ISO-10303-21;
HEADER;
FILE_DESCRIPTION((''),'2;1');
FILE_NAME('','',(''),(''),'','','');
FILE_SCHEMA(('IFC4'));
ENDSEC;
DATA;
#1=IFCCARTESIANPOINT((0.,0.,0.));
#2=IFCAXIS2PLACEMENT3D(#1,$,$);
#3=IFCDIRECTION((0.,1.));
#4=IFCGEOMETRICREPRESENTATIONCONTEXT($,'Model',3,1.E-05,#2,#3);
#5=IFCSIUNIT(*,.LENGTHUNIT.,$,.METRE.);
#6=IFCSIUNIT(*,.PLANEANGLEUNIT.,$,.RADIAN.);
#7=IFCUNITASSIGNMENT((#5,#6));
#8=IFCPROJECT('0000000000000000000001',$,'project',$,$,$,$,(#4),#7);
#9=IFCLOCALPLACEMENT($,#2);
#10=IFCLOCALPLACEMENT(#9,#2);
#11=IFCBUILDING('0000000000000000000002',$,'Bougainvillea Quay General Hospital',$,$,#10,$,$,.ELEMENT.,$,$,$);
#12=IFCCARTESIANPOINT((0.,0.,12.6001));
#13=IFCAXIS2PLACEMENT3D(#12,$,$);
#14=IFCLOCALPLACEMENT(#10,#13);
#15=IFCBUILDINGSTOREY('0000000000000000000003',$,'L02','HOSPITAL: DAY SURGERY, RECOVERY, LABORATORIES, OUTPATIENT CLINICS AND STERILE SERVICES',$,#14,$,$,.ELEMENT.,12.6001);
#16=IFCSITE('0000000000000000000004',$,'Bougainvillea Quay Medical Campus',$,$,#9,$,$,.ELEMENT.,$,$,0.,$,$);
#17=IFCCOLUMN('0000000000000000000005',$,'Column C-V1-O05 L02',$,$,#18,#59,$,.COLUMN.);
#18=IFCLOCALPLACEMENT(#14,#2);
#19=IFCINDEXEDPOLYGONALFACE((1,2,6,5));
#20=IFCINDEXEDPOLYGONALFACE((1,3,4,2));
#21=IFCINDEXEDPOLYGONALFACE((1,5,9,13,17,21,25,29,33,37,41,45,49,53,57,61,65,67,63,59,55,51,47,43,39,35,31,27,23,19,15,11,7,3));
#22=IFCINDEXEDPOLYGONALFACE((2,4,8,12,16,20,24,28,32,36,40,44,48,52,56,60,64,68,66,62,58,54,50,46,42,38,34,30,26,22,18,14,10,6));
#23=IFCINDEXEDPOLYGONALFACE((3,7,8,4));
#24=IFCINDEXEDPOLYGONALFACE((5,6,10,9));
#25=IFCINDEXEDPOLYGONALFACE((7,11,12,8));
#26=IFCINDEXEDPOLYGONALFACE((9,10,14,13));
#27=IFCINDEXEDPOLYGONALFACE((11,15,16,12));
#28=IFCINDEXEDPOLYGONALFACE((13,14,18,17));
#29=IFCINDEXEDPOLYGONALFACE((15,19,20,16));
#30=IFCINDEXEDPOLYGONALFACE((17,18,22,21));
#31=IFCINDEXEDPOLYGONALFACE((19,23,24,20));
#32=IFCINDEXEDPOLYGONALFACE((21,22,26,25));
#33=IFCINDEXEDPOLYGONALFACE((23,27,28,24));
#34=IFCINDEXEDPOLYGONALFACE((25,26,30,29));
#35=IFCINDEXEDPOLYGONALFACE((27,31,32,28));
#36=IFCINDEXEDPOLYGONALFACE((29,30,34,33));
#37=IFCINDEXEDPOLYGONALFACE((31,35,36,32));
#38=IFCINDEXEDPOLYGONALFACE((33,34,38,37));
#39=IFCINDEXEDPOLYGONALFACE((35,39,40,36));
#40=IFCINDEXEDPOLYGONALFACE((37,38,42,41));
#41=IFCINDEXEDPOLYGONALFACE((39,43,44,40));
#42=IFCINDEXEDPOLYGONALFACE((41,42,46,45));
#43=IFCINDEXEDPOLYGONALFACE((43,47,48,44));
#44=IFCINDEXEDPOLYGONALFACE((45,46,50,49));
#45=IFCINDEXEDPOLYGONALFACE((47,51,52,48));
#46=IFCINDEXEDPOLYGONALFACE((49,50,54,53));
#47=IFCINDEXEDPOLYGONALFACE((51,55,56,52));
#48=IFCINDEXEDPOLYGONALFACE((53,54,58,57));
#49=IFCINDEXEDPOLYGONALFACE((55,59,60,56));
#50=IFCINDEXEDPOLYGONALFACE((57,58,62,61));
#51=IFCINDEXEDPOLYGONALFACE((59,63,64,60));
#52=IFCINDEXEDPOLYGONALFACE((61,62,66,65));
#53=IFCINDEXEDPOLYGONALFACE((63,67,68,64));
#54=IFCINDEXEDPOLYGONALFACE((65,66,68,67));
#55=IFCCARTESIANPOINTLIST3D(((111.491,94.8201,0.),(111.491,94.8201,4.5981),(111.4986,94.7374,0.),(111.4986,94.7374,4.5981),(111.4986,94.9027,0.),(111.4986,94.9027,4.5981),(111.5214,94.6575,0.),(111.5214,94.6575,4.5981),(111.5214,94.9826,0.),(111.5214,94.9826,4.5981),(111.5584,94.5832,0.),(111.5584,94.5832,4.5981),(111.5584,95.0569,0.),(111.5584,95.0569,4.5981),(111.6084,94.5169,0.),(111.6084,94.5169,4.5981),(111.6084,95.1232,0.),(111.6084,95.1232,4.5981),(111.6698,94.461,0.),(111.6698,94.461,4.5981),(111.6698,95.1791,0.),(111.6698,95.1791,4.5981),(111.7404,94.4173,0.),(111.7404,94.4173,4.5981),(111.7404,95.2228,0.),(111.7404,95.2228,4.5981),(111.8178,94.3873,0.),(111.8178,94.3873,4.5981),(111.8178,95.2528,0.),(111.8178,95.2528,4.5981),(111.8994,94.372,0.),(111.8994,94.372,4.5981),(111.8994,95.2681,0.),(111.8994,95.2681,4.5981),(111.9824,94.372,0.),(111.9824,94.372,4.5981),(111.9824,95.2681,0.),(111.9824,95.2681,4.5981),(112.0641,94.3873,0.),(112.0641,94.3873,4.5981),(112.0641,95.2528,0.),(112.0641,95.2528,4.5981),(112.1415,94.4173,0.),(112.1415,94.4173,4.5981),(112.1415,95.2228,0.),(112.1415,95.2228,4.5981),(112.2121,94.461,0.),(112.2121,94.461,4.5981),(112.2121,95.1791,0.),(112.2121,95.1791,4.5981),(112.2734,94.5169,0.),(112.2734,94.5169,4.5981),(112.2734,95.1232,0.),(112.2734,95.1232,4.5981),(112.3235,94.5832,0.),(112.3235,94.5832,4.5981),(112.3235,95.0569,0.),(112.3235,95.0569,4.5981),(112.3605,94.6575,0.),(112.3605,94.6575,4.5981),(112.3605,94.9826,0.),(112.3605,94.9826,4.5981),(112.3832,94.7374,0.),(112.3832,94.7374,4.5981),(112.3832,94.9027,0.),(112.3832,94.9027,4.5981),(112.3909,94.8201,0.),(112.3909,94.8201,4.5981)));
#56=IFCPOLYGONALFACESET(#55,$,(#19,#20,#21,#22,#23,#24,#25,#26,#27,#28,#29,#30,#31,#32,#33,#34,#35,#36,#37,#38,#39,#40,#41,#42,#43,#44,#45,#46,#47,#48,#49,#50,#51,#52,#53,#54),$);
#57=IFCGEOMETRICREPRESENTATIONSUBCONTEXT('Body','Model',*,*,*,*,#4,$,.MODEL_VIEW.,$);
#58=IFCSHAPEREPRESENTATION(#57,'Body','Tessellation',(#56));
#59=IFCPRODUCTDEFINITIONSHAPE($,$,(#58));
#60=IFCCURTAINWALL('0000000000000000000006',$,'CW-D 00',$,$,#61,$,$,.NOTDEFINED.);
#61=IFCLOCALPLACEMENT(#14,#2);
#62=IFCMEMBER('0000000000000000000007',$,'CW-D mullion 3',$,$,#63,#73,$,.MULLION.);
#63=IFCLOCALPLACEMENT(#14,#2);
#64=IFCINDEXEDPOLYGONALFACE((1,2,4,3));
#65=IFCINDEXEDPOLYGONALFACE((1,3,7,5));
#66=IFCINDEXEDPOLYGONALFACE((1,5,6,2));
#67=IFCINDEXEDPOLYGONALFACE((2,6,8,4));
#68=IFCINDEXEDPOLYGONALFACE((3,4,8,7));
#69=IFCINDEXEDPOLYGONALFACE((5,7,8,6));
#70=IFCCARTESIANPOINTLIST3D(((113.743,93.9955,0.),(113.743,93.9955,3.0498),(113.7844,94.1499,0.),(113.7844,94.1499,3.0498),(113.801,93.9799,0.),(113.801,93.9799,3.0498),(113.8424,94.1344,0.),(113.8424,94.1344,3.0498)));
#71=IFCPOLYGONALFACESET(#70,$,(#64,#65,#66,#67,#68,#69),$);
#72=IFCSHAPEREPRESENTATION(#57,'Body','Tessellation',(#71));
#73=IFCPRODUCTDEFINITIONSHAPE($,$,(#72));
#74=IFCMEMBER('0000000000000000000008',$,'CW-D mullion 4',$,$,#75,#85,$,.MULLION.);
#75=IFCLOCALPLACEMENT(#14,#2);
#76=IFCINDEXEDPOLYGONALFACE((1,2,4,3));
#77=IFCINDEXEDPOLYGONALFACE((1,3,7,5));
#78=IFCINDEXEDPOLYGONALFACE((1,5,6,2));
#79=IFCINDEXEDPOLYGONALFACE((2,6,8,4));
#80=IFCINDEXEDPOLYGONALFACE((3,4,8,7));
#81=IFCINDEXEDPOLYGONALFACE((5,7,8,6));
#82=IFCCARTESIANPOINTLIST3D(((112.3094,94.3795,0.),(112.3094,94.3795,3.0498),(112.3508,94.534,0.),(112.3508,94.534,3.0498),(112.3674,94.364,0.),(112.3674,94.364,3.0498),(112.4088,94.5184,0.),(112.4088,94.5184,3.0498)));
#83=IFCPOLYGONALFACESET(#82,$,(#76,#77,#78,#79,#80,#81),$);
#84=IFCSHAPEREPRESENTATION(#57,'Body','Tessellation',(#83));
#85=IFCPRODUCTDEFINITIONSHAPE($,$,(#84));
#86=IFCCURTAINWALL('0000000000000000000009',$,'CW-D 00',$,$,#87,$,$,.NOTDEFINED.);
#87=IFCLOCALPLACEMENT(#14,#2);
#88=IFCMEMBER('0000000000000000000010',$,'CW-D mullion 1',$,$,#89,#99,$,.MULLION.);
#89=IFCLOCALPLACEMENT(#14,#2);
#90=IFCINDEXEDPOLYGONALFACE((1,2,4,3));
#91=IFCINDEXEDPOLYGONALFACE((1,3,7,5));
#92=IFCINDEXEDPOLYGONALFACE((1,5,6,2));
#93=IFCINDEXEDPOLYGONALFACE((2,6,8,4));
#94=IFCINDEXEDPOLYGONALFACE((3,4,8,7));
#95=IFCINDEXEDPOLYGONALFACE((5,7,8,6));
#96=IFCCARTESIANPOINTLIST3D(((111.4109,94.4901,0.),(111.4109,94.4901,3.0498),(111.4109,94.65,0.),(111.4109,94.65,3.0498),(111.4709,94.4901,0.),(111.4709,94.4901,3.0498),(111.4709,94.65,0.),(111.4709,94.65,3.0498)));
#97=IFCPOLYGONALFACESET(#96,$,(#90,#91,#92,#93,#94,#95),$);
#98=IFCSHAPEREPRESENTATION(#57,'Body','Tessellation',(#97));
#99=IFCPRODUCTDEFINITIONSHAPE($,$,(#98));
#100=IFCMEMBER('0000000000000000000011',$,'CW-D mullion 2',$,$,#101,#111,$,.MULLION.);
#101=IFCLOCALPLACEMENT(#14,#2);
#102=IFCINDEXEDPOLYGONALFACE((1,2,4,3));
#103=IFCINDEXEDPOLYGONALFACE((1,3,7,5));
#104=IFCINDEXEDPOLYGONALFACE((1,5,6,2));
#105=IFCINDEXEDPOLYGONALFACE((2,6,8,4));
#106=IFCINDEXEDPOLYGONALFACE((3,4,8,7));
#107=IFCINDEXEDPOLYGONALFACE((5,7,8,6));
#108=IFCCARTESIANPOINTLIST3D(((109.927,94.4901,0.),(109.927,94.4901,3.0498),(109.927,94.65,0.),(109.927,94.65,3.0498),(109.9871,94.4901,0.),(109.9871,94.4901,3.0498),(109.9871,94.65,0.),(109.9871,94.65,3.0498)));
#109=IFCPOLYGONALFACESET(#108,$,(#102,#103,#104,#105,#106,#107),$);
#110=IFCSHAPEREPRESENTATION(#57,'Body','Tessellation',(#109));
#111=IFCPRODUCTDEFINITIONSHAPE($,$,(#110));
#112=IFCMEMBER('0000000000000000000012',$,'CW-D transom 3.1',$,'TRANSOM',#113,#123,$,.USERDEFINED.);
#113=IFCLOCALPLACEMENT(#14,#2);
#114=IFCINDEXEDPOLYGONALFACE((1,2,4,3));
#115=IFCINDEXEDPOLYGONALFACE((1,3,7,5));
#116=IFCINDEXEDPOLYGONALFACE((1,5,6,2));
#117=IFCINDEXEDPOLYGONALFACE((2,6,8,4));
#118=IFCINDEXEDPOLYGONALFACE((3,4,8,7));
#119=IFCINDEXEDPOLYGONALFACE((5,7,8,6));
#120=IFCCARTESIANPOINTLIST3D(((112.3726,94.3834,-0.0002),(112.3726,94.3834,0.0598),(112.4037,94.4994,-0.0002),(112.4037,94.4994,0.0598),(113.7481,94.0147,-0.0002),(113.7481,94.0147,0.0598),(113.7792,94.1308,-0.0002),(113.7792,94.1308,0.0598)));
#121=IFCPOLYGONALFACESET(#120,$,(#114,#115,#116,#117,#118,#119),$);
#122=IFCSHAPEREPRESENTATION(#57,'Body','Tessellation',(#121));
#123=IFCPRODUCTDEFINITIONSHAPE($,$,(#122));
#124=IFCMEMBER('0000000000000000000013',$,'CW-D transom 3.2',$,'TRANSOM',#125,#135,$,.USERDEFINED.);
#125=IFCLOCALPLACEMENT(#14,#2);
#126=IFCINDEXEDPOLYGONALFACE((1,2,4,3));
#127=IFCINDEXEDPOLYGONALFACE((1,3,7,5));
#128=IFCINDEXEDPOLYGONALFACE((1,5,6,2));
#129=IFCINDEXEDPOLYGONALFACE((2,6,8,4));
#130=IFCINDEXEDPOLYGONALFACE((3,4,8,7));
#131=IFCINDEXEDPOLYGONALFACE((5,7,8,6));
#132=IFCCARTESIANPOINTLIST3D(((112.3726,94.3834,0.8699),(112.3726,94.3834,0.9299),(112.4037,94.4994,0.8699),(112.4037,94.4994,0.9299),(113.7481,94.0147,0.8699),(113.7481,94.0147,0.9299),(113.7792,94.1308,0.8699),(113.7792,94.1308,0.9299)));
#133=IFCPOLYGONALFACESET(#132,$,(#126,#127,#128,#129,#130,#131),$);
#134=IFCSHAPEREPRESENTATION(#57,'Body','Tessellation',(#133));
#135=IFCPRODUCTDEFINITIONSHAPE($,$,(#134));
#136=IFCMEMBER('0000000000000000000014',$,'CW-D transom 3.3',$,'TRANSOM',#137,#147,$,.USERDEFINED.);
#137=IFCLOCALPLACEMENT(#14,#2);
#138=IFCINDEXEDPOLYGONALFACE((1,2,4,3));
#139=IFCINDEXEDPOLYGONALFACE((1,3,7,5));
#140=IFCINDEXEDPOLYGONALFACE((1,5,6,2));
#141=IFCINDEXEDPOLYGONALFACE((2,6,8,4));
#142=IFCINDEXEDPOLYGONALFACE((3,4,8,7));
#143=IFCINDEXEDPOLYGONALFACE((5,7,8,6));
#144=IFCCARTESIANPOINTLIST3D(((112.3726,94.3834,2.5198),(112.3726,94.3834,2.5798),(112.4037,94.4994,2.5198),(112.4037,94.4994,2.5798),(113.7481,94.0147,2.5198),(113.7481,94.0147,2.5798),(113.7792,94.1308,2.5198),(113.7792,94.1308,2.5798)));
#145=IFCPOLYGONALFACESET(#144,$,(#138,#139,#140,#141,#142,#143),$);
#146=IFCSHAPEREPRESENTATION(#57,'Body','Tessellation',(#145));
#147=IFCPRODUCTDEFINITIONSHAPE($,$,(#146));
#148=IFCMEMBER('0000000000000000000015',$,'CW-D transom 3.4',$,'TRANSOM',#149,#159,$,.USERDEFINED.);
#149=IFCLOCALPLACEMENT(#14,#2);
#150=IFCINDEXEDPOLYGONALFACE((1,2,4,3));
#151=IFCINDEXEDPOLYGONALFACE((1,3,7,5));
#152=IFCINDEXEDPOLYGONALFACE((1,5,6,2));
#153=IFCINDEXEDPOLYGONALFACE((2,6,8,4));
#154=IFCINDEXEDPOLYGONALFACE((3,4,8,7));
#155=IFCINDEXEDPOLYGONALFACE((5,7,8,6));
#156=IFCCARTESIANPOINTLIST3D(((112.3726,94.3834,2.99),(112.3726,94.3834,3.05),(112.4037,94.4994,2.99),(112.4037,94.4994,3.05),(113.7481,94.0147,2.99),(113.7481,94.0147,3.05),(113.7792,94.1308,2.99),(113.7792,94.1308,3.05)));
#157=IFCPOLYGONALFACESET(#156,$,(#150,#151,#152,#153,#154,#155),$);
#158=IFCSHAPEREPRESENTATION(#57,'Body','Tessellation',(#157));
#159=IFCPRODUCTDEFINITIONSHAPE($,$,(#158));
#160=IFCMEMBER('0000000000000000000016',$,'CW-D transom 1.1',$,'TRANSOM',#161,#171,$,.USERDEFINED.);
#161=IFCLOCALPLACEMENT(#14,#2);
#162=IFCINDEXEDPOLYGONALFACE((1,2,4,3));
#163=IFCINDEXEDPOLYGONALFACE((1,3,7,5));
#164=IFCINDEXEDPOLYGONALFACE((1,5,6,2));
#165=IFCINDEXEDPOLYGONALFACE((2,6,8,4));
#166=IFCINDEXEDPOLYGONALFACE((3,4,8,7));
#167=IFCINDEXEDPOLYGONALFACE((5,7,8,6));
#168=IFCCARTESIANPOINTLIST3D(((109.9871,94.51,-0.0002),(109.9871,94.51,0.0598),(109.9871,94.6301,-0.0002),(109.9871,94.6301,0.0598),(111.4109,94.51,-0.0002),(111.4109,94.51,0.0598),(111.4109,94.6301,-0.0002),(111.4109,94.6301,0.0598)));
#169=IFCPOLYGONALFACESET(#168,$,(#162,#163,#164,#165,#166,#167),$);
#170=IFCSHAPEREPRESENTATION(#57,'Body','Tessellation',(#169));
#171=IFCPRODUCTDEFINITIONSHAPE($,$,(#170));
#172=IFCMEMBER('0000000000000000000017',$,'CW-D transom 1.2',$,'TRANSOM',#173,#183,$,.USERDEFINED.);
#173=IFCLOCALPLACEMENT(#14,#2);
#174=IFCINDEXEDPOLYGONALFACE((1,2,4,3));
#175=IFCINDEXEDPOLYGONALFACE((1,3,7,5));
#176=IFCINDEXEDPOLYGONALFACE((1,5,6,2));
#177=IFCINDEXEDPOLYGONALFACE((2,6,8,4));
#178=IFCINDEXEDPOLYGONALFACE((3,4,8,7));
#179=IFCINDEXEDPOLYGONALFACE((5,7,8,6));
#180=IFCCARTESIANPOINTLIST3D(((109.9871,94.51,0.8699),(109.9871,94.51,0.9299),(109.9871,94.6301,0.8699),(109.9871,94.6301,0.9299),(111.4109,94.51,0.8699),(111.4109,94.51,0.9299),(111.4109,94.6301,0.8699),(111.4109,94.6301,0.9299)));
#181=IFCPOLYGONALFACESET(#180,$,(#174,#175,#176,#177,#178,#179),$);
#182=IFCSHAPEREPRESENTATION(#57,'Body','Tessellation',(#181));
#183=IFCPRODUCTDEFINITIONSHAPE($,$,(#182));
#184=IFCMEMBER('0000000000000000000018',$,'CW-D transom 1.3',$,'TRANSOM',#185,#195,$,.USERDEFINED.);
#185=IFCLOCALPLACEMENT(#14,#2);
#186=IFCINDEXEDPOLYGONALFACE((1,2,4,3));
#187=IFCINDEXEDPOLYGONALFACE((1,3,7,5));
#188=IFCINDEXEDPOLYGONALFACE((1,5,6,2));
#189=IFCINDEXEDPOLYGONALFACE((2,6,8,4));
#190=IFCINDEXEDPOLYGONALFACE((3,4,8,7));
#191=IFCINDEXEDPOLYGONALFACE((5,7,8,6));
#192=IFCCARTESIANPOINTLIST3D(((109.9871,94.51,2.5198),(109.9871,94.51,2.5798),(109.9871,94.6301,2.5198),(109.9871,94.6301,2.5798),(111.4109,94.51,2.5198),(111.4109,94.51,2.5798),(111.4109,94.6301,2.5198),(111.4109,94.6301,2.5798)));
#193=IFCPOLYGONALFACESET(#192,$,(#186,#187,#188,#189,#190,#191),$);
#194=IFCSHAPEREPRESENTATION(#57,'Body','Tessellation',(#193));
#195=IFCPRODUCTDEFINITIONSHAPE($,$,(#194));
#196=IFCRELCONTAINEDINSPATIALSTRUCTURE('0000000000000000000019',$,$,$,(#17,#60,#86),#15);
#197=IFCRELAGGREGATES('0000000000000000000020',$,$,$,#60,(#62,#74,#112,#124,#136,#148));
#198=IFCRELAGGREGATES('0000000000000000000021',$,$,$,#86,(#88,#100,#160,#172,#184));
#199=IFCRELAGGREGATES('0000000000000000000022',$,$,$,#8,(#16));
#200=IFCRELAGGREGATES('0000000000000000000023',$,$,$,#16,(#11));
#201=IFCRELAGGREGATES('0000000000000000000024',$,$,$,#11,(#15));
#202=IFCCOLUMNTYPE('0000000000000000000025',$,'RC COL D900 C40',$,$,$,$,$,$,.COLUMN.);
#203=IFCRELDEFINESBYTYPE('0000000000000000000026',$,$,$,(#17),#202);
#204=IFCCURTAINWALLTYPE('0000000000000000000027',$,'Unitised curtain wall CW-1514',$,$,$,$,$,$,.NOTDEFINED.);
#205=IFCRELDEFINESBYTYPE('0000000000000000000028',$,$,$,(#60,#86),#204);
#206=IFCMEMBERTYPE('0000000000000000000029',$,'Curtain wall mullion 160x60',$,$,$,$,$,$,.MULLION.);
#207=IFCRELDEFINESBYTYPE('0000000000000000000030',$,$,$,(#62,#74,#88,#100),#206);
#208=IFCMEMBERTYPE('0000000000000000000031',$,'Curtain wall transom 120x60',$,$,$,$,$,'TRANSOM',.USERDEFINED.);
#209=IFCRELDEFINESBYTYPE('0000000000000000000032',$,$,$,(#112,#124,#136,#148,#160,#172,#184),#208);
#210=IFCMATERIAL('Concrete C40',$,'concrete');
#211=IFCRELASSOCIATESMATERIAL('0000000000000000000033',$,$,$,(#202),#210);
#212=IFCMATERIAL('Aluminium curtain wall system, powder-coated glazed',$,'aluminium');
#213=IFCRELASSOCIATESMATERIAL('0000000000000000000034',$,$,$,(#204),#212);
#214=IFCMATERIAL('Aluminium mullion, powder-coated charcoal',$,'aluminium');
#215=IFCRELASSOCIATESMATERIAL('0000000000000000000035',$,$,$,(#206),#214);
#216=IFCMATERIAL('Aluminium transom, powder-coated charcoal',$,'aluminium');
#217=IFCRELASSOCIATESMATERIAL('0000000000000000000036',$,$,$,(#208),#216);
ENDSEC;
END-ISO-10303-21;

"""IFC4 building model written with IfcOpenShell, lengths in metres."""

from ifc_helpers import new_model, si_unit, direction, frame, origin, origin_2d, place, context, subcontext, project, spatial, rectangle, circle, extrude, material, material_profile, profile_set, type_object, element, aggregate, save


model = new_model("IFC4")

# Units and contexts
model_context = context("Model", 3, precision=1e-05, world=origin(), true_north=direction((0.0, 1.0)))
body_context = subcontext(model_context, "Body", "Model", "MODEL_VIEW")
ifc_project = project(units=[si_unit("LENGTHUNIT", "METRE"), si_unit("PLANEANGLEUNIT", "RADIAN")], contexts=[model_context])

# Site, building, storey
site_placement = place(None, origin())
site = spatial("IfcSite", under=ifc_project, at=site_placement, Name="Bougainvillea Quay Medical Campus", CompositionType="ELEMENT", RefElevation=0.0)
building_placement = place(site_placement, origin())
building = spatial("IfcBuilding", under=site, at=building_placement, Name="Bougainvillea Quay General Hospital", CompositionType="ELEMENT")
storey_placement = place(building_placement, frame((0.0, 0.0, 12.6001)))
storey = spatial("IfcBuildingStorey", under=building, at=storey_placement, Name="L02", Description="HOSPITAL: DAY SURGERY, RECOVERY, LABORATORIES, OUTPATIENT CLINICS AND STERILE SERVICES", CompositionType="ELEMENT", Elevation=12.6001)

# Column
ifc_material_1 = material(Name="Concrete C40", Category="concrete")
ifc_material_profile_1 = material_profile(ifc_material_1, circle(Radius=0.45, at=origin_2d()))
ifc_profile_set_1 = profile_set([ifc_material_profile_1], Name="Concrete C40")
column_type = type_object("IfcColumnType", Name="RC COL D900 C40", PredefinedType="COLUMN", material=ifc_profile_set_1)
column_placement = place(storey_placement, frame((111.9409, 94.8201, 0.0), z_axis=(0.0, 0.0, 1.0), x_axis=(1.0, 0.0, 0.0)))
element("IfcColumn", 1, at=column_placement, inside=storey, type_object=column_type, Name="Column C-V1-O05 L02", PredefinedType="COLUMN", context=body_context, shape_type="SweptSolid", body=[
    extrude(circle(Radius=0.45, at=origin_2d()), origin(), (0.0, 0.0, 1.0), 4.5981),
])

# Curtain walls, members
ifc_material_2 = material(Name="Aluminium curtain wall system, powder-coated glazed", Category="aluminium")
curtain_wall_type = type_object("IfcCurtainWallType", Name="Unitised curtain wall CW-1514", PredefinedType="NOTDEFINED", material=ifc_material_2)
curtain_wall_1_placement = place(storey_placement, origin())
curtain_wall_1 = element("IfcCurtainWall", 2, at=curtain_wall_1_placement, inside=storey, type_object=curtain_wall_type, Name="CW-D 00", PredefinedType="NOTDEFINED")
ifc_material_3 = material(Name="Aluminium mullion, powder-coated charcoal", Category="aluminium")
ifc_material_profile_2 = material_profile(ifc_material_3, rectangle(XDim=0.1599, YDim=0.0601, at=origin_2d()))
ifc_profile_set_2 = profile_set([ifc_material_profile_2], Name="Aluminium mullion, powder-coated charcoal")
member_type_1 = type_object("IfcMemberType", Name="Curtain wall mullion 160x60", PredefinedType="MULLION", material=ifc_profile_set_2)
member_1_placement = place(storey_placement, frame((113.7927, 94.0649, 0.0), z_axis=(0.0, 0.0, 1.0), x_axis=(-0.258855, -0.965916, 0.0)))
member_1 = element("IfcMember", 3, at=member_1_placement, type_object=member_type_1, Name="CW-D mullion 3", PredefinedType="MULLION", context=body_context, shape_type="SweptSolid", body=[
    extrude(rectangle(XDim=0.1599, YDim=0.0601, at=origin_2d()), origin(), (0.0, 0.0, 1.0), 3.0498),
])
member_2_placement = place(storey_placement, frame((112.3591, 94.449, 0.0), z_axis=(0.0, 0.0, 1.0), x_axis=(-0.258855, -0.965916, 0.0)))
member_2 = element("IfcMember", 4, at=member_2_placement, type_object=member_type_1, Name="CW-D mullion 4", PredefinedType="MULLION", context=body_context, shape_type="SweptSolid", body=[
    extrude(rectangle(XDim=0.1599, YDim=0.0601, at=origin_2d()), origin(), (0.0, 0.0, 1.0), 3.0498),
])
curtain_wall_2_placement = place(storey_placement, origin())
curtain_wall_2 = element("IfcCurtainWall", 5, at=curtain_wall_2_placement, inside=storey, type_object=curtain_wall_type, Name="CW-D 00", PredefinedType="NOTDEFINED")
member_3_placement = place(storey_placement, frame((111.4409, 94.5701, 0.0), z_axis=(0.0, 0.0, 1.0), x_axis=(0.0, -1.0, 0.0)))
member_3 = element("IfcMember", 6, at=member_3_placement, type_object=member_type_1, Name="CW-D mullion 1", PredefinedType="MULLION", context=body_context, shape_type="SweptSolid", body=[
    extrude(rectangle(XDim=0.1599, YDim=0.0601, at=origin_2d()), origin(), (0.0, 0.0, 1.0), 3.0498),
])
member_4_placement = place(storey_placement, frame((109.957, 94.5701, 0.0), z_axis=(0.0, 0.0, 1.0), x_axis=(0.0, -1.0, 0.0)))
member_4 = element("IfcMember", 7, at=member_4_placement, type_object=member_type_1, Name="CW-D mullion 2", PredefinedType="MULLION", context=body_context, shape_type="SweptSolid", body=[
    extrude(rectangle(XDim=0.1599, YDim=0.0601, at=origin_2d()), origin(), (0.0, 0.0, 1.0), 3.0498),
])

# Members
ifc_material_4 = material(Name="Aluminium transom, powder-coated charcoal", Category="aluminium")
ifc_material_profile_3 = material_profile(ifc_material_4, rectangle(XDim=0.1201, YDim=0.0601, at=origin_2d()))
ifc_profile_set_3 = profile_set([ifc_material_profile_3], Name="Aluminium transom, powder-coated charcoal")
member_type_2 = type_object("IfcMemberType", Name="Curtain wall transom 120x60", ElementType="TRANSOM", PredefinedType="USERDEFINED", material=ifc_profile_set_3)
member_5_placement = place(storey_placement, frame((113.7637, 94.0728, 0.0298), z_axis=(-0.96591, 0.258879, 0.0), x_axis=(-0.258879, -0.96591, 0.0)))
member_5 = element("IfcMember", 8, at=member_5_placement, type_object=member_type_2, Name="CW-D transom 3.1", ObjectType="TRANSOM", PredefinedType="USERDEFINED", context=body_context, shape_type="SweptSolid", body=[
    extrude(rectangle(XDim=0.1201, YDim=0.0601, at=origin_2d()), origin(), (0.0, 0.0, 1.0), 1.4241),
])
member_6_placement = place(storey_placement, frame((113.7637, 94.0728, 0.8999), z_axis=(-0.96591, 0.258879, 0.0), x_axis=(-0.258879, -0.96591, 0.0)))
member_6 = element("IfcMember", 9, at=member_6_placement, type_object=member_type_2, Name="CW-D transom 3.2", ObjectType="TRANSOM", PredefinedType="USERDEFINED", context=body_context, shape_type="SweptSolid", body=[
    extrude(rectangle(XDim=0.1201, YDim=0.0601, at=origin_2d()), origin(), (0.0, 0.0, 1.0), 1.4241),
])
member_7_placement = place(storey_placement, frame((113.7637, 94.0728, 2.5498), z_axis=(-0.96591, 0.258879, 0.0), x_axis=(-0.258879, -0.96591, 0.0)))
member_7 = element("IfcMember", 10, at=member_7_placement, type_object=member_type_2, Name="CW-D transom 3.3", ObjectType="TRANSOM", PredefinedType="USERDEFINED", context=body_context, shape_type="SweptSolid", body=[
    extrude(rectangle(XDim=0.1201, YDim=0.0601, at=origin_2d()), origin(), (0.0, 0.0, 1.0), 1.4241),
])
member_8_placement = place(storey_placement, frame((113.7637, 94.0728, 3.02), z_axis=(-0.96591, 0.258879, 0.0), x_axis=(-0.258879, -0.96591, 0.0)))
member_8 = element("IfcMember", 11, at=member_8_placement, type_object=member_type_2, Name="CW-D transom 3.4", ObjectType="TRANSOM", PredefinedType="USERDEFINED", context=body_context, shape_type="SweptSolid", body=[
    extrude(rectangle(XDim=0.1201, YDim=0.0601, at=origin_2d()), origin(), (0.0, 0.0, 1.0), 1.4241),
])
member_9_placement = place(storey_placement, frame((111.4109, 94.5701, 0.0298), z_axis=(-1.0, 0.0, 0.0), x_axis=(0.0, -1.0, 0.0)))
member_9 = element("IfcMember", 12, at=member_9_placement, type_object=member_type_2, Name="CW-D transom 1.1", ObjectType="TRANSOM", PredefinedType="USERDEFINED", context=body_context, shape_type="SweptSolid", body=[
    extrude(rectangle(XDim=0.1201, YDim=0.0601, at=origin_2d()), origin(), (0.0, 0.0, 1.0), 1.4238),
])
member_10_placement = place(storey_placement, frame((111.4109, 94.5701, 0.8999), z_axis=(-1.0, 0.0, 0.0), x_axis=(0.0, -1.0, 0.0)))
member_10 = element("IfcMember", 13, at=member_10_placement, type_object=member_type_2, Name="CW-D transom 1.2", ObjectType="TRANSOM", PredefinedType="USERDEFINED", context=body_context, shape_type="SweptSolid", body=[
    extrude(rectangle(XDim=0.1201, YDim=0.0601, at=origin_2d()), origin(), (0.0, 0.0, 1.0), 1.4238),
])
member_11_placement = place(storey_placement, frame((111.4109, 94.5701, 2.5498), z_axis=(-1.0, 0.0, 0.0), x_axis=(0.0, -1.0, 0.0)))
member_11 = element("IfcMember", 14, at=member_11_placement, type_object=member_type_2, Name="CW-D transom 1.3", ObjectType="TRANSOM", PredefinedType="USERDEFINED", context=body_context, shape_type="SweptSolid", body=[
    extrude(rectangle(XDim=0.1201, YDim=0.0601, at=origin_2d()), origin(), (0.0, 0.0, 1.0), 1.4238),
])

aggregate(curtain_wall_1, [member_1, member_2, member_5, member_6, member_7, member_8])
aggregate(curtain_wall_2, [member_3, member_4, member_9, member_10, member_11])

save(model, "model.ifc")
